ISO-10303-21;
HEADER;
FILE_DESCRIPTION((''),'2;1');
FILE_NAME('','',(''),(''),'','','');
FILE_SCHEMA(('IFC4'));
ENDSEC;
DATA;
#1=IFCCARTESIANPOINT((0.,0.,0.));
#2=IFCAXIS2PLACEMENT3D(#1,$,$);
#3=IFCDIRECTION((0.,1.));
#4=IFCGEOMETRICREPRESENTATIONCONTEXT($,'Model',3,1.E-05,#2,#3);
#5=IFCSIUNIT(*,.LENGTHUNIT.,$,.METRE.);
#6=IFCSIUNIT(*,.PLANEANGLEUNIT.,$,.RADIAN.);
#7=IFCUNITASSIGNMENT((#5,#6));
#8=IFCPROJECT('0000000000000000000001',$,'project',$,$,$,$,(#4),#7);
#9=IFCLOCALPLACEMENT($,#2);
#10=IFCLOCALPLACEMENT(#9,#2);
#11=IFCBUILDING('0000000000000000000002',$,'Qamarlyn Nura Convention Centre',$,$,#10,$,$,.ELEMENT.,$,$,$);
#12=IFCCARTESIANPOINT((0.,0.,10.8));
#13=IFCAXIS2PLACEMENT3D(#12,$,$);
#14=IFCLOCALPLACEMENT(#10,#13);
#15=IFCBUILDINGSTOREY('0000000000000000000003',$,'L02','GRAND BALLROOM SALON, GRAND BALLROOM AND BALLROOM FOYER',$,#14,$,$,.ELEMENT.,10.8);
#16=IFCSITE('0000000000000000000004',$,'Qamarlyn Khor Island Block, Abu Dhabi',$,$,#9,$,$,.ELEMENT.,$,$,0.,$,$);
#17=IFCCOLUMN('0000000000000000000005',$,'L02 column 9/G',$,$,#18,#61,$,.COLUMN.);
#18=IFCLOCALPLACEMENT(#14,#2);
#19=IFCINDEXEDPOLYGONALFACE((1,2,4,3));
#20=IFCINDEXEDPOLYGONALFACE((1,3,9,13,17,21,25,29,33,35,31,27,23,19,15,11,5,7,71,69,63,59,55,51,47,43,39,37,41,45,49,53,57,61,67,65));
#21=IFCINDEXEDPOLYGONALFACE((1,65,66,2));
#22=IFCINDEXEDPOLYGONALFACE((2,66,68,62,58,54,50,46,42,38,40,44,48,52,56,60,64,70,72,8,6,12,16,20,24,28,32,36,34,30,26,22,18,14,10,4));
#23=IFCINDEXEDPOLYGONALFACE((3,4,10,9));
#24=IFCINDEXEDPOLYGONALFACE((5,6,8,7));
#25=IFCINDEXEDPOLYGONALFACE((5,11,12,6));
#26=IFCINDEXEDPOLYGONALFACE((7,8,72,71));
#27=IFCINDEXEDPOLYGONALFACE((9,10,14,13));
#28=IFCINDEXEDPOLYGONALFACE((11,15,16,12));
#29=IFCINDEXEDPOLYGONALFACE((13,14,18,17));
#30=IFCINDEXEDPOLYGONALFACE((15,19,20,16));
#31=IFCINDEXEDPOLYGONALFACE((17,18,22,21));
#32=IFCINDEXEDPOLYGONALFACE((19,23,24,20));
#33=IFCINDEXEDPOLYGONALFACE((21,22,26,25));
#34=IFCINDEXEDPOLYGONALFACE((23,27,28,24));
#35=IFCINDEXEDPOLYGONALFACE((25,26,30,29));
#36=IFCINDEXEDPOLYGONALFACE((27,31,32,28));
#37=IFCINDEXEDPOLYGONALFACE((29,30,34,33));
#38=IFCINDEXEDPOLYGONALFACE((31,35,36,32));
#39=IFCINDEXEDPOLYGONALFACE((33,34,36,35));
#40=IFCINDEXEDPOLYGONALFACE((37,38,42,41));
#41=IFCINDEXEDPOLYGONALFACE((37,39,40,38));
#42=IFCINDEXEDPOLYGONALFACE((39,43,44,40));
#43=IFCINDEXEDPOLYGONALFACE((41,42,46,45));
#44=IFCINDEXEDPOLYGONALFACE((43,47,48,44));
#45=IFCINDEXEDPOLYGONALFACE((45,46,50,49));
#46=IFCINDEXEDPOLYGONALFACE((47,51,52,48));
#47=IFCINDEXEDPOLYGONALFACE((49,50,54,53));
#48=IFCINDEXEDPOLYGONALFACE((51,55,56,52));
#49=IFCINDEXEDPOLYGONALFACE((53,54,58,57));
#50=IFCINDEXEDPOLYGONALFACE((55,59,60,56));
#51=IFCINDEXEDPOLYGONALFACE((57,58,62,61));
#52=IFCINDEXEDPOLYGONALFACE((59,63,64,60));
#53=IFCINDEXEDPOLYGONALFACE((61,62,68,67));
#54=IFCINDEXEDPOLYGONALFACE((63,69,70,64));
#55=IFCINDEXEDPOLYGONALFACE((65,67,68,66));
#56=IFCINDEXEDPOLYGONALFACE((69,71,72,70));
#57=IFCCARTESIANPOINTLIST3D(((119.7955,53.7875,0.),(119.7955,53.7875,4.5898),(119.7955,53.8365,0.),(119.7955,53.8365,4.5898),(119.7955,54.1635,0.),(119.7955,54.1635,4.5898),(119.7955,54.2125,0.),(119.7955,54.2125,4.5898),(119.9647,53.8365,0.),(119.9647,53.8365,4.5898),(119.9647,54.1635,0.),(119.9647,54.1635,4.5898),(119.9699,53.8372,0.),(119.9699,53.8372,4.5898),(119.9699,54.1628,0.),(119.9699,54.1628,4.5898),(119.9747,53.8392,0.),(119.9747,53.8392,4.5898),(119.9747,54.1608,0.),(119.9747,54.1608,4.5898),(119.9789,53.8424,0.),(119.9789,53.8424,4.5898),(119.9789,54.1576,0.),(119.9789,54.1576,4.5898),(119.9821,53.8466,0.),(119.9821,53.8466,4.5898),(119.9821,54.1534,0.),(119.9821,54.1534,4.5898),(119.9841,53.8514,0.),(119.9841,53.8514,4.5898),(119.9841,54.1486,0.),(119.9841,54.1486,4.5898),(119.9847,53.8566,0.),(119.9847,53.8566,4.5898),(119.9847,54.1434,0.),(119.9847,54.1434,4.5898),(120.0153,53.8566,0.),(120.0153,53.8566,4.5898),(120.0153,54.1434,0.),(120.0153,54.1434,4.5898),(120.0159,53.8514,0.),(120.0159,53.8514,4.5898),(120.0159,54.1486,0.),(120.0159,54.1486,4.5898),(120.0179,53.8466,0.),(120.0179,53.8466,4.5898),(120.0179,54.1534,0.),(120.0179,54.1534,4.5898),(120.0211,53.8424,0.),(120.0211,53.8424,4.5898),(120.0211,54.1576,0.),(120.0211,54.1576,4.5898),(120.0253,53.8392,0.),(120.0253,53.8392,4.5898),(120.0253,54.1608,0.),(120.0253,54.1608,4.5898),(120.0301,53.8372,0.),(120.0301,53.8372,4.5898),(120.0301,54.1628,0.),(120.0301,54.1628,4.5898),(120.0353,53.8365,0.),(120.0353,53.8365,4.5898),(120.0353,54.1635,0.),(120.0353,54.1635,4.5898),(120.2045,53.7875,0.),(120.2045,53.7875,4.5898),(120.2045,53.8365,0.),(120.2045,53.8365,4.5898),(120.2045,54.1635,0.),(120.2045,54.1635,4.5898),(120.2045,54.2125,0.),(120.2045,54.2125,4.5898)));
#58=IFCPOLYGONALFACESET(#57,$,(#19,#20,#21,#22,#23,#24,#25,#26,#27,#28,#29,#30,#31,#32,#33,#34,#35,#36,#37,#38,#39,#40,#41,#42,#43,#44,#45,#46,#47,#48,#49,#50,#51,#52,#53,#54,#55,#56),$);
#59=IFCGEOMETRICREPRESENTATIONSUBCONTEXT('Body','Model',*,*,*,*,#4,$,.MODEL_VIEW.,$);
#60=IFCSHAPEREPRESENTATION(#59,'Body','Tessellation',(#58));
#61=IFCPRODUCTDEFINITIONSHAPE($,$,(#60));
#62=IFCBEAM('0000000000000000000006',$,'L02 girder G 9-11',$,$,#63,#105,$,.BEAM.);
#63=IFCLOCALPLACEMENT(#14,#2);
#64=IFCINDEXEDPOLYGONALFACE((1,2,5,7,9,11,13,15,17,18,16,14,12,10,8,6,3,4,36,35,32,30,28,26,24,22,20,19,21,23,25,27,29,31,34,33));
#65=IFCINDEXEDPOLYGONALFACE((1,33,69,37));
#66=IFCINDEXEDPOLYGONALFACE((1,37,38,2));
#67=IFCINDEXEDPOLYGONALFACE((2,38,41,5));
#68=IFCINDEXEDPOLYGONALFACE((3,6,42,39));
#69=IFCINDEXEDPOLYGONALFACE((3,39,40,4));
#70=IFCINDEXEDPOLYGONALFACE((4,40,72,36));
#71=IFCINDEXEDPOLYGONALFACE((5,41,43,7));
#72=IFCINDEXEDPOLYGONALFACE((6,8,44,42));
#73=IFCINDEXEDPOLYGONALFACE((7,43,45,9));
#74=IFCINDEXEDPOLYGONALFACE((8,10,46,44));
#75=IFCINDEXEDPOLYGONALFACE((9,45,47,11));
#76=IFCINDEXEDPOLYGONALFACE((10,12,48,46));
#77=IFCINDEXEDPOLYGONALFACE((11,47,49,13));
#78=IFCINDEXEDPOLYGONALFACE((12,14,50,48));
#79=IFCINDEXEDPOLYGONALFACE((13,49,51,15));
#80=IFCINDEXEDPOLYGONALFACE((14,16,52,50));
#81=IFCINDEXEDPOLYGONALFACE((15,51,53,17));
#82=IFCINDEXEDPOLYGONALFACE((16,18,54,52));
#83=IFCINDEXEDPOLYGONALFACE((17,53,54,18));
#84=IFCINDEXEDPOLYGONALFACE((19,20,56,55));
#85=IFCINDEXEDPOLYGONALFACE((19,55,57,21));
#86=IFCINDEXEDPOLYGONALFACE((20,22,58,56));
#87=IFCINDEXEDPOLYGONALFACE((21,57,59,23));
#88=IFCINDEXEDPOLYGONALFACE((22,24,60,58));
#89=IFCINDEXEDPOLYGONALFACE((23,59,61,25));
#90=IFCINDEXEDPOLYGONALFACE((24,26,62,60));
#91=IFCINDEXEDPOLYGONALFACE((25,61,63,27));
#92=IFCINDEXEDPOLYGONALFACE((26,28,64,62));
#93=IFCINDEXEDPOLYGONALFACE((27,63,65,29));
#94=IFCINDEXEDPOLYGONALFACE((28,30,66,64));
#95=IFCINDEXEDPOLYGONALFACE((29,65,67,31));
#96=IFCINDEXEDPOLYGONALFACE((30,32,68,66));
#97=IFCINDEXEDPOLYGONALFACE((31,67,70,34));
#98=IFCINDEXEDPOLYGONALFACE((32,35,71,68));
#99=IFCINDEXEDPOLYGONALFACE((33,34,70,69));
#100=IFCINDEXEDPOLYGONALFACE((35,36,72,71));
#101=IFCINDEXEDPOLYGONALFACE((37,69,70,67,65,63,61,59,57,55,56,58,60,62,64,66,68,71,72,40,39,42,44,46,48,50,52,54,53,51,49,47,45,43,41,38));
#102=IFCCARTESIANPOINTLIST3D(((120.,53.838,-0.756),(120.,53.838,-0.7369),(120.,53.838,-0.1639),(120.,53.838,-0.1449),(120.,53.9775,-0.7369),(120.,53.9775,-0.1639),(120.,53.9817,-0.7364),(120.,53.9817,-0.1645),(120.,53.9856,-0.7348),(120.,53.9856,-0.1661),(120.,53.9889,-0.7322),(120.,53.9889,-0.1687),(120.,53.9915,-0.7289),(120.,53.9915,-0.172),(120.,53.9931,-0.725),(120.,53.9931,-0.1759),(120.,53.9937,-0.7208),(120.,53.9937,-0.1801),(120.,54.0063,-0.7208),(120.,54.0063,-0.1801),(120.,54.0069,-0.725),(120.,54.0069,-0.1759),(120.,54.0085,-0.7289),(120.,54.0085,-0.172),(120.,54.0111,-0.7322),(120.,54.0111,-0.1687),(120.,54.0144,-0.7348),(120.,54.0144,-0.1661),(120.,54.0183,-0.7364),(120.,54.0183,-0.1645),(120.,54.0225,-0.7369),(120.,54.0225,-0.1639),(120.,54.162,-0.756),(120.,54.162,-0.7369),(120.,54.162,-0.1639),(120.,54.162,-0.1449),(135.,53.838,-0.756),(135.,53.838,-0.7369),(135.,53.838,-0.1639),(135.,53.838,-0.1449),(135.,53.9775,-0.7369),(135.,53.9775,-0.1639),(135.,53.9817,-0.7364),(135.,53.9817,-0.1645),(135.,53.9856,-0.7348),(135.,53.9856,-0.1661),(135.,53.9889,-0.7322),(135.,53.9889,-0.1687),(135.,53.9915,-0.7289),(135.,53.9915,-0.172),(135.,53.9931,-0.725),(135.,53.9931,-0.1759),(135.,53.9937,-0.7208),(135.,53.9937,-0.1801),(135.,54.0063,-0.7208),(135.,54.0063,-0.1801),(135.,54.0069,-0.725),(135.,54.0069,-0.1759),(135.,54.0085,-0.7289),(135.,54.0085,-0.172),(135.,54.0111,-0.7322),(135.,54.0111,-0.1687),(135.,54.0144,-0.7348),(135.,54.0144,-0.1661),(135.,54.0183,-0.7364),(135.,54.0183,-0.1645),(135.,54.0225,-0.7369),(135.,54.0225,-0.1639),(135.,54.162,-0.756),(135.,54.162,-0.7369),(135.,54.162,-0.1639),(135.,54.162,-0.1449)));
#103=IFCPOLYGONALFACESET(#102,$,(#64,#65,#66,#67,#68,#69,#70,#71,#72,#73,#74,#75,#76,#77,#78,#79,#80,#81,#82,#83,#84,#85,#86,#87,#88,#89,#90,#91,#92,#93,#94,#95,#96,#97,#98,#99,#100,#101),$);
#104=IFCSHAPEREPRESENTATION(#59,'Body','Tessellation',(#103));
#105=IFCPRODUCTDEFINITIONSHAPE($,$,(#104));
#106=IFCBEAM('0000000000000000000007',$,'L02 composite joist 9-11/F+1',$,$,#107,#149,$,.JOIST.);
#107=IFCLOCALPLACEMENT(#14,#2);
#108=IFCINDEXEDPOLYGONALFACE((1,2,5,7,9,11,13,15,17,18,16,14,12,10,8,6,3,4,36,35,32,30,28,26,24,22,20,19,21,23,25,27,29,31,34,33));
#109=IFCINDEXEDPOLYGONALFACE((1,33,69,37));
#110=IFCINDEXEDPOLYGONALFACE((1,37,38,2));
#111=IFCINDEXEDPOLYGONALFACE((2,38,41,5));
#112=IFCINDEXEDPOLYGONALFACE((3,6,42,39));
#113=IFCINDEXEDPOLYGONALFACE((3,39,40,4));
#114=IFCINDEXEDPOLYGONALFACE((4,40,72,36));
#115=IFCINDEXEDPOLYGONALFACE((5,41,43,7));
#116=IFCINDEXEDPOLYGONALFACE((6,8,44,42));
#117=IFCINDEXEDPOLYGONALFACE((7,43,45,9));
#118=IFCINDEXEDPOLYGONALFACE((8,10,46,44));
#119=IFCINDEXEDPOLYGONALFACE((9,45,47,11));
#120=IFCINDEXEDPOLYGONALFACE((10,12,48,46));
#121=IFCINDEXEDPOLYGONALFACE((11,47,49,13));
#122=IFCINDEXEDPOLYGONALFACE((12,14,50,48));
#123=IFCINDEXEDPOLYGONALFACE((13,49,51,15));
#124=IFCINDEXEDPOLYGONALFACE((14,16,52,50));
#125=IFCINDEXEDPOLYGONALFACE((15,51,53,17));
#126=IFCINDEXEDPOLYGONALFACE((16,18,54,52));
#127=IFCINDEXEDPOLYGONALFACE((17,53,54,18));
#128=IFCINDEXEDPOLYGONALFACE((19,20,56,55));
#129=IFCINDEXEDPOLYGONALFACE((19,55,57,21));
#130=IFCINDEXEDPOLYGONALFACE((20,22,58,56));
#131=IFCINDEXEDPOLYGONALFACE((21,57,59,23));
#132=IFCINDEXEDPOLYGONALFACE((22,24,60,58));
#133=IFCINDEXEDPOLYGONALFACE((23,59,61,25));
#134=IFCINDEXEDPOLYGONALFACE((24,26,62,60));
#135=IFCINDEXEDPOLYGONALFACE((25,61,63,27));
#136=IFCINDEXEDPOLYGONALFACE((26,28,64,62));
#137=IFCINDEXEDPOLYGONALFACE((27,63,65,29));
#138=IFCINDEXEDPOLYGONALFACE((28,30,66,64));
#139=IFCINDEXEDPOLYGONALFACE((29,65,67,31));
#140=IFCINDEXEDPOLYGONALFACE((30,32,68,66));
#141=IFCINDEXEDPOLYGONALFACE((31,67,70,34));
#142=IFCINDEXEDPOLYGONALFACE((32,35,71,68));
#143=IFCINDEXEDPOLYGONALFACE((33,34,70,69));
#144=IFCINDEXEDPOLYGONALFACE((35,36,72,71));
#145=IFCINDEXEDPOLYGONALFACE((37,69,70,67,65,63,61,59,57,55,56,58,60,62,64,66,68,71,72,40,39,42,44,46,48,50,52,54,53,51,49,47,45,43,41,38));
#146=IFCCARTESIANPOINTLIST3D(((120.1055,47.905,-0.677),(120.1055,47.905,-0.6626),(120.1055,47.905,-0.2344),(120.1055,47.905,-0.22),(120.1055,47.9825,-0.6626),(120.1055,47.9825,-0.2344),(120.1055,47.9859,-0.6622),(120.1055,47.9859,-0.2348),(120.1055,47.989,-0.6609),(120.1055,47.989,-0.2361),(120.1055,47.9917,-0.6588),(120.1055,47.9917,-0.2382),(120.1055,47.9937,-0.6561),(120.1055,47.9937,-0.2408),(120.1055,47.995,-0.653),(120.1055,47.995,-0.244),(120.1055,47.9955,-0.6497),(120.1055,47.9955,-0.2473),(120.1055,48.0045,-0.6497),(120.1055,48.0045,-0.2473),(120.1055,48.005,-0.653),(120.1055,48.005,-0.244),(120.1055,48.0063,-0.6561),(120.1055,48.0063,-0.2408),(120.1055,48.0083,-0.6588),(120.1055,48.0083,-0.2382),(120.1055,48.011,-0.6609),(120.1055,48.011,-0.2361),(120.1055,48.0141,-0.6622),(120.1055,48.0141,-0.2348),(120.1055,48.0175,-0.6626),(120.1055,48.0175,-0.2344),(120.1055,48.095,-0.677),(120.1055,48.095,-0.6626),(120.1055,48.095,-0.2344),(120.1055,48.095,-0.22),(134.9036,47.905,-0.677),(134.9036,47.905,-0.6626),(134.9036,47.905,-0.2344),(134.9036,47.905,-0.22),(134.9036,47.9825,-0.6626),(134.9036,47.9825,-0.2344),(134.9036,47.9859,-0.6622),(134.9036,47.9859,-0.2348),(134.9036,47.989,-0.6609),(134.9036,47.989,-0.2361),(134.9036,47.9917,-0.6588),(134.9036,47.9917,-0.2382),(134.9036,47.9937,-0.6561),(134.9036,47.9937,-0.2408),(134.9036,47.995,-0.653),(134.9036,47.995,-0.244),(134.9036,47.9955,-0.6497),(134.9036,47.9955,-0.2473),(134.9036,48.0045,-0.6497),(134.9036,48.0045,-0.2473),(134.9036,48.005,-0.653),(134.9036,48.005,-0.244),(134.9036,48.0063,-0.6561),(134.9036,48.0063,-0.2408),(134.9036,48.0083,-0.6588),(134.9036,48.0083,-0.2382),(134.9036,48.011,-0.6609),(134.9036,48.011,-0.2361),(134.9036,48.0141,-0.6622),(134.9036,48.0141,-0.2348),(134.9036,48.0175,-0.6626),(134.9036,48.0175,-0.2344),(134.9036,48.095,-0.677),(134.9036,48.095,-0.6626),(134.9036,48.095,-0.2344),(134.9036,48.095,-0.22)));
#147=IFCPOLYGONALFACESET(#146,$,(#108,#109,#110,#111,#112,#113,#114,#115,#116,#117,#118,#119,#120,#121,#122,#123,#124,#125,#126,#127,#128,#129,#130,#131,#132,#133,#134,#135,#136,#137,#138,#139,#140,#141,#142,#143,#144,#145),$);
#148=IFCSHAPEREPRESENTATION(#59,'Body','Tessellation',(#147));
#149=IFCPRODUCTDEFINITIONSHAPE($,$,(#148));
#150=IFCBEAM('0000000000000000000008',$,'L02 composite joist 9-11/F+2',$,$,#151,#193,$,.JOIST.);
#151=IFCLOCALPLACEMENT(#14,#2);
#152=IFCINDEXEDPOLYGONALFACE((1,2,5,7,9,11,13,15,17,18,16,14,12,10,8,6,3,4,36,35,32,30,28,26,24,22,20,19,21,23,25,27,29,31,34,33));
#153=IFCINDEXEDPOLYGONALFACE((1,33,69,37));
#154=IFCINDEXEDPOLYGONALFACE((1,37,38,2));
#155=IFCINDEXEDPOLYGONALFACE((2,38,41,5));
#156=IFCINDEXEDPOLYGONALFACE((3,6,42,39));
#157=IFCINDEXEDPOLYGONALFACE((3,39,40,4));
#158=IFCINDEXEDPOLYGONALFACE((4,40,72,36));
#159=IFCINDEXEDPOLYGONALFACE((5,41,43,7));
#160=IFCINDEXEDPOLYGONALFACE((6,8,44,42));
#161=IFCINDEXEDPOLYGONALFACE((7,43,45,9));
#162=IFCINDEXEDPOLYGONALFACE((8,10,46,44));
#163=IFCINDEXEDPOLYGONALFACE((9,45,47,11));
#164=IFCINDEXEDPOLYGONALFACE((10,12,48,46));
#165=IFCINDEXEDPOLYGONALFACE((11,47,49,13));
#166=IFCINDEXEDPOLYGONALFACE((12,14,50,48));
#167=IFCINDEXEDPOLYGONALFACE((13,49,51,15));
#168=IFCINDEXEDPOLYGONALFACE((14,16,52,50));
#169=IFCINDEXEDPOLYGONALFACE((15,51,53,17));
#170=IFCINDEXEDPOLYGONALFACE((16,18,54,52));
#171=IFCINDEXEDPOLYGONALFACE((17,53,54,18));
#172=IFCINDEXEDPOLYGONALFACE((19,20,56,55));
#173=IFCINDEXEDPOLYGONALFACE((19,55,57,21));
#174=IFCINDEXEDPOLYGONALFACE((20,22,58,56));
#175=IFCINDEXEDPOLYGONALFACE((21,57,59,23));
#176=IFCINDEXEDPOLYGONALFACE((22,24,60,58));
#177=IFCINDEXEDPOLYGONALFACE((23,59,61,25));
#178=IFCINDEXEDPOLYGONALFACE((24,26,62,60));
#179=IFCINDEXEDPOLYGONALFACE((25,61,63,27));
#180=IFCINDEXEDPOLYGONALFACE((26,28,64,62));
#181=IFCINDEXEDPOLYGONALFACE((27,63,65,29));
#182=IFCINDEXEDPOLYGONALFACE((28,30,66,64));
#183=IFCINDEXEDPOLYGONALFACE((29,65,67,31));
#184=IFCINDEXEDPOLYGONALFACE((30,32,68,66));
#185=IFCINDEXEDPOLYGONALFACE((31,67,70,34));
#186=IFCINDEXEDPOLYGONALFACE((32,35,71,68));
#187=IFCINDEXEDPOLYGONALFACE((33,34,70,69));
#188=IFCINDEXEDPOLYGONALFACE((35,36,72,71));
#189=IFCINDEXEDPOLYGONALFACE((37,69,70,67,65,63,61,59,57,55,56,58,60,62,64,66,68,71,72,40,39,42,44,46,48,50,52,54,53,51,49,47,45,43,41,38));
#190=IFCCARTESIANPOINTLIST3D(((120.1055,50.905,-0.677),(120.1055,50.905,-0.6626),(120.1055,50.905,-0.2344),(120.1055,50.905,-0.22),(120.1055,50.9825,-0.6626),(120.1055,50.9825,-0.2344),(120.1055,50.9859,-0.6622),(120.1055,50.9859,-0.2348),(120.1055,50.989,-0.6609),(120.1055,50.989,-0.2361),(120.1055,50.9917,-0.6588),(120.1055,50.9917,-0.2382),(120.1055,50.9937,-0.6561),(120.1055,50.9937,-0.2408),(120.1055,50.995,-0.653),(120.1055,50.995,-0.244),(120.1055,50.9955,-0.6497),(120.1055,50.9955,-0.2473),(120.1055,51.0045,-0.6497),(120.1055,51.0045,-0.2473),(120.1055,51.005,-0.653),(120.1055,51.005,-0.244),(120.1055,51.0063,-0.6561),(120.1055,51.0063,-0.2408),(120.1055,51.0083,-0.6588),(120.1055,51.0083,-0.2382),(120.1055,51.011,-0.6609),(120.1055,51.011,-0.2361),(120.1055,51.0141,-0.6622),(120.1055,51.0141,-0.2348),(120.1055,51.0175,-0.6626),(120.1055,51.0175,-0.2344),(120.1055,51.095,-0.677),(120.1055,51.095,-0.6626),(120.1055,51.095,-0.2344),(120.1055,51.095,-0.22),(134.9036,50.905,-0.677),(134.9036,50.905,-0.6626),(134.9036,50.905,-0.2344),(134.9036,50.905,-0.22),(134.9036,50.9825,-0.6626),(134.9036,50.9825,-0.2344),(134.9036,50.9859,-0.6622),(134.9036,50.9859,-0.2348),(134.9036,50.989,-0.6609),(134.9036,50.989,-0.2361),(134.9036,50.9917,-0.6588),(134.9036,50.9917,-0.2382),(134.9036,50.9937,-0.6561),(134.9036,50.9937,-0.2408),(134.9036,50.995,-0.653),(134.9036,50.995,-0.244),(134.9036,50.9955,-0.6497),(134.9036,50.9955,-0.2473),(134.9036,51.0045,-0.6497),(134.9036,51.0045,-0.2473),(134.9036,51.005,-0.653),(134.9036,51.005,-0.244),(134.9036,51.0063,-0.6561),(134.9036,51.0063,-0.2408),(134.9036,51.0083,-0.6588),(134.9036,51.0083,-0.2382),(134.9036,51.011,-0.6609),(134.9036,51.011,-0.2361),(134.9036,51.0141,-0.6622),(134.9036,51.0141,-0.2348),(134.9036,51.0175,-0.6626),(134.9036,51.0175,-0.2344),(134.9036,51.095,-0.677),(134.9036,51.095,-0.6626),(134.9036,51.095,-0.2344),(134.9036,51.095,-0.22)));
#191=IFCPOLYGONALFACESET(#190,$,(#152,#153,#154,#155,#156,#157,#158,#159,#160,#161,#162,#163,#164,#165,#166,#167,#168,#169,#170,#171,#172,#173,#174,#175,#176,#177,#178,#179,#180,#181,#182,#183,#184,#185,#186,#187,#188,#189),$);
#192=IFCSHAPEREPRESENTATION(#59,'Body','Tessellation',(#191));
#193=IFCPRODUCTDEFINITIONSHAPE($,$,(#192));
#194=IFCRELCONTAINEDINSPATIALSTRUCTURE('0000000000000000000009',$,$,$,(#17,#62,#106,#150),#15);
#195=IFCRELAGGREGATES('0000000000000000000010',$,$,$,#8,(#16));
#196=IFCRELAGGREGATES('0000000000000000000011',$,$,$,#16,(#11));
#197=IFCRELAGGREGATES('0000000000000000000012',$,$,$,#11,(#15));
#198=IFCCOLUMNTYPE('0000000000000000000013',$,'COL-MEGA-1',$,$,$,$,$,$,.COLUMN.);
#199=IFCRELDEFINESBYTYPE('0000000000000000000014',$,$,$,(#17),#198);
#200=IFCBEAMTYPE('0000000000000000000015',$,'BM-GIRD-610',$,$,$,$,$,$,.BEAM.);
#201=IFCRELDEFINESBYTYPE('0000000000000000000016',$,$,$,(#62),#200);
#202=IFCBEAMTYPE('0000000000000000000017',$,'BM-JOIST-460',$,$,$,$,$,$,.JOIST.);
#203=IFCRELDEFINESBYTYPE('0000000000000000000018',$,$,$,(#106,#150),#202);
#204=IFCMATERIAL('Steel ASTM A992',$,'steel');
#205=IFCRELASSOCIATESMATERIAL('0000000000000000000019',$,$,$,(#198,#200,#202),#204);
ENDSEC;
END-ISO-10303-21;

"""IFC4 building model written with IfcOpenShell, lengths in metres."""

from ifc_helpers import new_model, si_unit, direction, frame, origin, origin_2d, place, context, subcontext, project, spatial, i_section, extrude, material, material_profile, profile_set, type_object, element, save


model = new_model("IFC4")

# Units and contexts
model_context = context("Model", 3, precision=1e-05, world=origin(), true_north=direction((0.0, 1.0)))
body_context = subcontext(model_context, "Body", "Model", "MODEL_VIEW")
ifc_project = project(units=[si_unit("LENGTHUNIT", "METRE"), si_unit("PLANEANGLEUNIT", "RADIAN")], contexts=[model_context])

# Site, building, storey
site_placement = place(None, origin())
site = spatial("IfcSite", under=ifc_project, at=site_placement, Name="Qamarlyn Khor Island Block, Abu Dhabi", CompositionType="ELEMENT", RefElevation=0.0)
building_placement = place(site_placement, origin())
building = spatial("IfcBuilding", under=site, at=building_placement, Name="Qamarlyn Nura Convention Centre", CompositionType="ELEMENT")
storey_placement = place(building_placement, frame((0.0, 0.0, 10.8)))
storey = spatial("IfcBuildingStorey", under=building, at=storey_placement, Name="L02", Description="GRAND BALLROOM SALON, GRAND BALLROOM AND BALLROOM FOYER", CompositionType="ELEMENT", Elevation=10.8)

# Column
ifc_material_1 = material(Name="Steel ASTM A992", Category="steel")
ifc_material_profile_1 = material_profile(ifc_material_1, i_section(OverallWidth=0.4089, OverallDepth=0.425, WebThickness=0.0305, FlangeThickness=0.0491, FilletRadius=0.02, at=origin_2d()), Name="W360X421")
ifc_profile_set_1 = profile_set([ifc_material_profile_1], Name="Steel ASTM A992")
column_type = type_object("IfcColumnType", Name="COL-MEGA-1", PredefinedType="COLUMN", material=ifc_profile_set_1)
column_placement = place(storey_placement, frame((120.0, 54.0, 0.0), z_axis=(0.0, 0.0, 1.0), x_axis=(1.0, 0.0, 0.0)))
element("IfcColumn", 1, at=column_placement, inside=storey, type_object=column_type, Name="L02 column 9/G", PredefinedType="COLUMN", context=body_context, shape_type="SweptSolid", body=[
    extrude(i_section(OverallWidth=0.4089, OverallDepth=0.425, WebThickness=0.0305, FlangeThickness=0.0491, FilletRadius=0.02, at=origin_2d()), origin(), (0.0, 0.0, 1.0), 4.5898),
])

# Beams
ifc_material_profile_2 = material_profile(ifc_material_1, i_section(OverallWidth=0.324, OverallDepth=0.6111, WebThickness=0.0127, FlangeThickness=0.019, FilletRadius=0.0161, at=origin_2d()), Name="W610X155")
ifc_profile_set_2 = profile_set([ifc_material_profile_2], Name="Steel ASTM A992")
beam_type_1 = type_object("IfcBeamType", Name="BM-GIRD-610", PredefinedType="BEAM", material=ifc_profile_set_2)
beam_1_placement = place(storey_placement, frame((120.0, 54.0, -0.4504), z_axis=(1.0, 0.0, 0.0), x_axis=(0.0, 1.0, 0.0)))
element("IfcBeam", 2, at=beam_1_placement, inside=storey, type_object=beam_type_1, Name="L02 girder G 9-11", PredefinedType="BEAM", context=body_context, shape_type="SweptSolid", body=[
    extrude(i_section(OverallWidth=0.324, OverallDepth=0.6111, WebThickness=0.0127, FlangeThickness=0.019, FilletRadius=0.0161, at=origin_2d()), origin(), (0.0, 0.0, 1.0), 15.0),
])
ifc_material_profile_3 = material_profile(ifc_material_1, i_section(OverallWidth=0.1899, OverallDepth=0.457, WebThickness=0.009, FlangeThickness=0.0144, FilletRadius=0.0129, at=origin_2d()), Name="W460X74")
ifc_profile_set_3 = profile_set([ifc_material_profile_3], Name="Steel ASTM A992")
beam_type_2 = type_object("IfcBeamType", Name="BM-JOIST-460", PredefinedType="JOIST", material=ifc_profile_set_3)
for number, where, z_axis, x_axis, name in (
    (3, (120.1055, 48.0, -0.4485), (1.0, 0.0, 0.0), (0.0, 1.0, 0.0), "L02 composite joist 9-11/F+1"),
    (4, (120.1055, 51.0, -0.4485), (1.0, 0.0, 0.0), (0.0, 1.0, 0.0), "L02 composite joist 9-11/F+2"),
):
    element("IfcBeam", number, at=place(storey_placement, frame(where, z_axis=z_axis, x_axis=x_axis)), inside=storey, type_object=beam_type_2, Name=name, PredefinedType="JOIST", context=body_context, shape_type="SweptSolid", body=[
        extrude(i_section(OverallWidth=0.1899, OverallDepth=0.457, WebThickness=0.009, FlangeThickness=0.0144, FilletRadius=0.0129, at=origin_2d()), origin(), (0.0, 0.0, 1.0), 14.7981),
    ])

save(model, "model.ifc")
